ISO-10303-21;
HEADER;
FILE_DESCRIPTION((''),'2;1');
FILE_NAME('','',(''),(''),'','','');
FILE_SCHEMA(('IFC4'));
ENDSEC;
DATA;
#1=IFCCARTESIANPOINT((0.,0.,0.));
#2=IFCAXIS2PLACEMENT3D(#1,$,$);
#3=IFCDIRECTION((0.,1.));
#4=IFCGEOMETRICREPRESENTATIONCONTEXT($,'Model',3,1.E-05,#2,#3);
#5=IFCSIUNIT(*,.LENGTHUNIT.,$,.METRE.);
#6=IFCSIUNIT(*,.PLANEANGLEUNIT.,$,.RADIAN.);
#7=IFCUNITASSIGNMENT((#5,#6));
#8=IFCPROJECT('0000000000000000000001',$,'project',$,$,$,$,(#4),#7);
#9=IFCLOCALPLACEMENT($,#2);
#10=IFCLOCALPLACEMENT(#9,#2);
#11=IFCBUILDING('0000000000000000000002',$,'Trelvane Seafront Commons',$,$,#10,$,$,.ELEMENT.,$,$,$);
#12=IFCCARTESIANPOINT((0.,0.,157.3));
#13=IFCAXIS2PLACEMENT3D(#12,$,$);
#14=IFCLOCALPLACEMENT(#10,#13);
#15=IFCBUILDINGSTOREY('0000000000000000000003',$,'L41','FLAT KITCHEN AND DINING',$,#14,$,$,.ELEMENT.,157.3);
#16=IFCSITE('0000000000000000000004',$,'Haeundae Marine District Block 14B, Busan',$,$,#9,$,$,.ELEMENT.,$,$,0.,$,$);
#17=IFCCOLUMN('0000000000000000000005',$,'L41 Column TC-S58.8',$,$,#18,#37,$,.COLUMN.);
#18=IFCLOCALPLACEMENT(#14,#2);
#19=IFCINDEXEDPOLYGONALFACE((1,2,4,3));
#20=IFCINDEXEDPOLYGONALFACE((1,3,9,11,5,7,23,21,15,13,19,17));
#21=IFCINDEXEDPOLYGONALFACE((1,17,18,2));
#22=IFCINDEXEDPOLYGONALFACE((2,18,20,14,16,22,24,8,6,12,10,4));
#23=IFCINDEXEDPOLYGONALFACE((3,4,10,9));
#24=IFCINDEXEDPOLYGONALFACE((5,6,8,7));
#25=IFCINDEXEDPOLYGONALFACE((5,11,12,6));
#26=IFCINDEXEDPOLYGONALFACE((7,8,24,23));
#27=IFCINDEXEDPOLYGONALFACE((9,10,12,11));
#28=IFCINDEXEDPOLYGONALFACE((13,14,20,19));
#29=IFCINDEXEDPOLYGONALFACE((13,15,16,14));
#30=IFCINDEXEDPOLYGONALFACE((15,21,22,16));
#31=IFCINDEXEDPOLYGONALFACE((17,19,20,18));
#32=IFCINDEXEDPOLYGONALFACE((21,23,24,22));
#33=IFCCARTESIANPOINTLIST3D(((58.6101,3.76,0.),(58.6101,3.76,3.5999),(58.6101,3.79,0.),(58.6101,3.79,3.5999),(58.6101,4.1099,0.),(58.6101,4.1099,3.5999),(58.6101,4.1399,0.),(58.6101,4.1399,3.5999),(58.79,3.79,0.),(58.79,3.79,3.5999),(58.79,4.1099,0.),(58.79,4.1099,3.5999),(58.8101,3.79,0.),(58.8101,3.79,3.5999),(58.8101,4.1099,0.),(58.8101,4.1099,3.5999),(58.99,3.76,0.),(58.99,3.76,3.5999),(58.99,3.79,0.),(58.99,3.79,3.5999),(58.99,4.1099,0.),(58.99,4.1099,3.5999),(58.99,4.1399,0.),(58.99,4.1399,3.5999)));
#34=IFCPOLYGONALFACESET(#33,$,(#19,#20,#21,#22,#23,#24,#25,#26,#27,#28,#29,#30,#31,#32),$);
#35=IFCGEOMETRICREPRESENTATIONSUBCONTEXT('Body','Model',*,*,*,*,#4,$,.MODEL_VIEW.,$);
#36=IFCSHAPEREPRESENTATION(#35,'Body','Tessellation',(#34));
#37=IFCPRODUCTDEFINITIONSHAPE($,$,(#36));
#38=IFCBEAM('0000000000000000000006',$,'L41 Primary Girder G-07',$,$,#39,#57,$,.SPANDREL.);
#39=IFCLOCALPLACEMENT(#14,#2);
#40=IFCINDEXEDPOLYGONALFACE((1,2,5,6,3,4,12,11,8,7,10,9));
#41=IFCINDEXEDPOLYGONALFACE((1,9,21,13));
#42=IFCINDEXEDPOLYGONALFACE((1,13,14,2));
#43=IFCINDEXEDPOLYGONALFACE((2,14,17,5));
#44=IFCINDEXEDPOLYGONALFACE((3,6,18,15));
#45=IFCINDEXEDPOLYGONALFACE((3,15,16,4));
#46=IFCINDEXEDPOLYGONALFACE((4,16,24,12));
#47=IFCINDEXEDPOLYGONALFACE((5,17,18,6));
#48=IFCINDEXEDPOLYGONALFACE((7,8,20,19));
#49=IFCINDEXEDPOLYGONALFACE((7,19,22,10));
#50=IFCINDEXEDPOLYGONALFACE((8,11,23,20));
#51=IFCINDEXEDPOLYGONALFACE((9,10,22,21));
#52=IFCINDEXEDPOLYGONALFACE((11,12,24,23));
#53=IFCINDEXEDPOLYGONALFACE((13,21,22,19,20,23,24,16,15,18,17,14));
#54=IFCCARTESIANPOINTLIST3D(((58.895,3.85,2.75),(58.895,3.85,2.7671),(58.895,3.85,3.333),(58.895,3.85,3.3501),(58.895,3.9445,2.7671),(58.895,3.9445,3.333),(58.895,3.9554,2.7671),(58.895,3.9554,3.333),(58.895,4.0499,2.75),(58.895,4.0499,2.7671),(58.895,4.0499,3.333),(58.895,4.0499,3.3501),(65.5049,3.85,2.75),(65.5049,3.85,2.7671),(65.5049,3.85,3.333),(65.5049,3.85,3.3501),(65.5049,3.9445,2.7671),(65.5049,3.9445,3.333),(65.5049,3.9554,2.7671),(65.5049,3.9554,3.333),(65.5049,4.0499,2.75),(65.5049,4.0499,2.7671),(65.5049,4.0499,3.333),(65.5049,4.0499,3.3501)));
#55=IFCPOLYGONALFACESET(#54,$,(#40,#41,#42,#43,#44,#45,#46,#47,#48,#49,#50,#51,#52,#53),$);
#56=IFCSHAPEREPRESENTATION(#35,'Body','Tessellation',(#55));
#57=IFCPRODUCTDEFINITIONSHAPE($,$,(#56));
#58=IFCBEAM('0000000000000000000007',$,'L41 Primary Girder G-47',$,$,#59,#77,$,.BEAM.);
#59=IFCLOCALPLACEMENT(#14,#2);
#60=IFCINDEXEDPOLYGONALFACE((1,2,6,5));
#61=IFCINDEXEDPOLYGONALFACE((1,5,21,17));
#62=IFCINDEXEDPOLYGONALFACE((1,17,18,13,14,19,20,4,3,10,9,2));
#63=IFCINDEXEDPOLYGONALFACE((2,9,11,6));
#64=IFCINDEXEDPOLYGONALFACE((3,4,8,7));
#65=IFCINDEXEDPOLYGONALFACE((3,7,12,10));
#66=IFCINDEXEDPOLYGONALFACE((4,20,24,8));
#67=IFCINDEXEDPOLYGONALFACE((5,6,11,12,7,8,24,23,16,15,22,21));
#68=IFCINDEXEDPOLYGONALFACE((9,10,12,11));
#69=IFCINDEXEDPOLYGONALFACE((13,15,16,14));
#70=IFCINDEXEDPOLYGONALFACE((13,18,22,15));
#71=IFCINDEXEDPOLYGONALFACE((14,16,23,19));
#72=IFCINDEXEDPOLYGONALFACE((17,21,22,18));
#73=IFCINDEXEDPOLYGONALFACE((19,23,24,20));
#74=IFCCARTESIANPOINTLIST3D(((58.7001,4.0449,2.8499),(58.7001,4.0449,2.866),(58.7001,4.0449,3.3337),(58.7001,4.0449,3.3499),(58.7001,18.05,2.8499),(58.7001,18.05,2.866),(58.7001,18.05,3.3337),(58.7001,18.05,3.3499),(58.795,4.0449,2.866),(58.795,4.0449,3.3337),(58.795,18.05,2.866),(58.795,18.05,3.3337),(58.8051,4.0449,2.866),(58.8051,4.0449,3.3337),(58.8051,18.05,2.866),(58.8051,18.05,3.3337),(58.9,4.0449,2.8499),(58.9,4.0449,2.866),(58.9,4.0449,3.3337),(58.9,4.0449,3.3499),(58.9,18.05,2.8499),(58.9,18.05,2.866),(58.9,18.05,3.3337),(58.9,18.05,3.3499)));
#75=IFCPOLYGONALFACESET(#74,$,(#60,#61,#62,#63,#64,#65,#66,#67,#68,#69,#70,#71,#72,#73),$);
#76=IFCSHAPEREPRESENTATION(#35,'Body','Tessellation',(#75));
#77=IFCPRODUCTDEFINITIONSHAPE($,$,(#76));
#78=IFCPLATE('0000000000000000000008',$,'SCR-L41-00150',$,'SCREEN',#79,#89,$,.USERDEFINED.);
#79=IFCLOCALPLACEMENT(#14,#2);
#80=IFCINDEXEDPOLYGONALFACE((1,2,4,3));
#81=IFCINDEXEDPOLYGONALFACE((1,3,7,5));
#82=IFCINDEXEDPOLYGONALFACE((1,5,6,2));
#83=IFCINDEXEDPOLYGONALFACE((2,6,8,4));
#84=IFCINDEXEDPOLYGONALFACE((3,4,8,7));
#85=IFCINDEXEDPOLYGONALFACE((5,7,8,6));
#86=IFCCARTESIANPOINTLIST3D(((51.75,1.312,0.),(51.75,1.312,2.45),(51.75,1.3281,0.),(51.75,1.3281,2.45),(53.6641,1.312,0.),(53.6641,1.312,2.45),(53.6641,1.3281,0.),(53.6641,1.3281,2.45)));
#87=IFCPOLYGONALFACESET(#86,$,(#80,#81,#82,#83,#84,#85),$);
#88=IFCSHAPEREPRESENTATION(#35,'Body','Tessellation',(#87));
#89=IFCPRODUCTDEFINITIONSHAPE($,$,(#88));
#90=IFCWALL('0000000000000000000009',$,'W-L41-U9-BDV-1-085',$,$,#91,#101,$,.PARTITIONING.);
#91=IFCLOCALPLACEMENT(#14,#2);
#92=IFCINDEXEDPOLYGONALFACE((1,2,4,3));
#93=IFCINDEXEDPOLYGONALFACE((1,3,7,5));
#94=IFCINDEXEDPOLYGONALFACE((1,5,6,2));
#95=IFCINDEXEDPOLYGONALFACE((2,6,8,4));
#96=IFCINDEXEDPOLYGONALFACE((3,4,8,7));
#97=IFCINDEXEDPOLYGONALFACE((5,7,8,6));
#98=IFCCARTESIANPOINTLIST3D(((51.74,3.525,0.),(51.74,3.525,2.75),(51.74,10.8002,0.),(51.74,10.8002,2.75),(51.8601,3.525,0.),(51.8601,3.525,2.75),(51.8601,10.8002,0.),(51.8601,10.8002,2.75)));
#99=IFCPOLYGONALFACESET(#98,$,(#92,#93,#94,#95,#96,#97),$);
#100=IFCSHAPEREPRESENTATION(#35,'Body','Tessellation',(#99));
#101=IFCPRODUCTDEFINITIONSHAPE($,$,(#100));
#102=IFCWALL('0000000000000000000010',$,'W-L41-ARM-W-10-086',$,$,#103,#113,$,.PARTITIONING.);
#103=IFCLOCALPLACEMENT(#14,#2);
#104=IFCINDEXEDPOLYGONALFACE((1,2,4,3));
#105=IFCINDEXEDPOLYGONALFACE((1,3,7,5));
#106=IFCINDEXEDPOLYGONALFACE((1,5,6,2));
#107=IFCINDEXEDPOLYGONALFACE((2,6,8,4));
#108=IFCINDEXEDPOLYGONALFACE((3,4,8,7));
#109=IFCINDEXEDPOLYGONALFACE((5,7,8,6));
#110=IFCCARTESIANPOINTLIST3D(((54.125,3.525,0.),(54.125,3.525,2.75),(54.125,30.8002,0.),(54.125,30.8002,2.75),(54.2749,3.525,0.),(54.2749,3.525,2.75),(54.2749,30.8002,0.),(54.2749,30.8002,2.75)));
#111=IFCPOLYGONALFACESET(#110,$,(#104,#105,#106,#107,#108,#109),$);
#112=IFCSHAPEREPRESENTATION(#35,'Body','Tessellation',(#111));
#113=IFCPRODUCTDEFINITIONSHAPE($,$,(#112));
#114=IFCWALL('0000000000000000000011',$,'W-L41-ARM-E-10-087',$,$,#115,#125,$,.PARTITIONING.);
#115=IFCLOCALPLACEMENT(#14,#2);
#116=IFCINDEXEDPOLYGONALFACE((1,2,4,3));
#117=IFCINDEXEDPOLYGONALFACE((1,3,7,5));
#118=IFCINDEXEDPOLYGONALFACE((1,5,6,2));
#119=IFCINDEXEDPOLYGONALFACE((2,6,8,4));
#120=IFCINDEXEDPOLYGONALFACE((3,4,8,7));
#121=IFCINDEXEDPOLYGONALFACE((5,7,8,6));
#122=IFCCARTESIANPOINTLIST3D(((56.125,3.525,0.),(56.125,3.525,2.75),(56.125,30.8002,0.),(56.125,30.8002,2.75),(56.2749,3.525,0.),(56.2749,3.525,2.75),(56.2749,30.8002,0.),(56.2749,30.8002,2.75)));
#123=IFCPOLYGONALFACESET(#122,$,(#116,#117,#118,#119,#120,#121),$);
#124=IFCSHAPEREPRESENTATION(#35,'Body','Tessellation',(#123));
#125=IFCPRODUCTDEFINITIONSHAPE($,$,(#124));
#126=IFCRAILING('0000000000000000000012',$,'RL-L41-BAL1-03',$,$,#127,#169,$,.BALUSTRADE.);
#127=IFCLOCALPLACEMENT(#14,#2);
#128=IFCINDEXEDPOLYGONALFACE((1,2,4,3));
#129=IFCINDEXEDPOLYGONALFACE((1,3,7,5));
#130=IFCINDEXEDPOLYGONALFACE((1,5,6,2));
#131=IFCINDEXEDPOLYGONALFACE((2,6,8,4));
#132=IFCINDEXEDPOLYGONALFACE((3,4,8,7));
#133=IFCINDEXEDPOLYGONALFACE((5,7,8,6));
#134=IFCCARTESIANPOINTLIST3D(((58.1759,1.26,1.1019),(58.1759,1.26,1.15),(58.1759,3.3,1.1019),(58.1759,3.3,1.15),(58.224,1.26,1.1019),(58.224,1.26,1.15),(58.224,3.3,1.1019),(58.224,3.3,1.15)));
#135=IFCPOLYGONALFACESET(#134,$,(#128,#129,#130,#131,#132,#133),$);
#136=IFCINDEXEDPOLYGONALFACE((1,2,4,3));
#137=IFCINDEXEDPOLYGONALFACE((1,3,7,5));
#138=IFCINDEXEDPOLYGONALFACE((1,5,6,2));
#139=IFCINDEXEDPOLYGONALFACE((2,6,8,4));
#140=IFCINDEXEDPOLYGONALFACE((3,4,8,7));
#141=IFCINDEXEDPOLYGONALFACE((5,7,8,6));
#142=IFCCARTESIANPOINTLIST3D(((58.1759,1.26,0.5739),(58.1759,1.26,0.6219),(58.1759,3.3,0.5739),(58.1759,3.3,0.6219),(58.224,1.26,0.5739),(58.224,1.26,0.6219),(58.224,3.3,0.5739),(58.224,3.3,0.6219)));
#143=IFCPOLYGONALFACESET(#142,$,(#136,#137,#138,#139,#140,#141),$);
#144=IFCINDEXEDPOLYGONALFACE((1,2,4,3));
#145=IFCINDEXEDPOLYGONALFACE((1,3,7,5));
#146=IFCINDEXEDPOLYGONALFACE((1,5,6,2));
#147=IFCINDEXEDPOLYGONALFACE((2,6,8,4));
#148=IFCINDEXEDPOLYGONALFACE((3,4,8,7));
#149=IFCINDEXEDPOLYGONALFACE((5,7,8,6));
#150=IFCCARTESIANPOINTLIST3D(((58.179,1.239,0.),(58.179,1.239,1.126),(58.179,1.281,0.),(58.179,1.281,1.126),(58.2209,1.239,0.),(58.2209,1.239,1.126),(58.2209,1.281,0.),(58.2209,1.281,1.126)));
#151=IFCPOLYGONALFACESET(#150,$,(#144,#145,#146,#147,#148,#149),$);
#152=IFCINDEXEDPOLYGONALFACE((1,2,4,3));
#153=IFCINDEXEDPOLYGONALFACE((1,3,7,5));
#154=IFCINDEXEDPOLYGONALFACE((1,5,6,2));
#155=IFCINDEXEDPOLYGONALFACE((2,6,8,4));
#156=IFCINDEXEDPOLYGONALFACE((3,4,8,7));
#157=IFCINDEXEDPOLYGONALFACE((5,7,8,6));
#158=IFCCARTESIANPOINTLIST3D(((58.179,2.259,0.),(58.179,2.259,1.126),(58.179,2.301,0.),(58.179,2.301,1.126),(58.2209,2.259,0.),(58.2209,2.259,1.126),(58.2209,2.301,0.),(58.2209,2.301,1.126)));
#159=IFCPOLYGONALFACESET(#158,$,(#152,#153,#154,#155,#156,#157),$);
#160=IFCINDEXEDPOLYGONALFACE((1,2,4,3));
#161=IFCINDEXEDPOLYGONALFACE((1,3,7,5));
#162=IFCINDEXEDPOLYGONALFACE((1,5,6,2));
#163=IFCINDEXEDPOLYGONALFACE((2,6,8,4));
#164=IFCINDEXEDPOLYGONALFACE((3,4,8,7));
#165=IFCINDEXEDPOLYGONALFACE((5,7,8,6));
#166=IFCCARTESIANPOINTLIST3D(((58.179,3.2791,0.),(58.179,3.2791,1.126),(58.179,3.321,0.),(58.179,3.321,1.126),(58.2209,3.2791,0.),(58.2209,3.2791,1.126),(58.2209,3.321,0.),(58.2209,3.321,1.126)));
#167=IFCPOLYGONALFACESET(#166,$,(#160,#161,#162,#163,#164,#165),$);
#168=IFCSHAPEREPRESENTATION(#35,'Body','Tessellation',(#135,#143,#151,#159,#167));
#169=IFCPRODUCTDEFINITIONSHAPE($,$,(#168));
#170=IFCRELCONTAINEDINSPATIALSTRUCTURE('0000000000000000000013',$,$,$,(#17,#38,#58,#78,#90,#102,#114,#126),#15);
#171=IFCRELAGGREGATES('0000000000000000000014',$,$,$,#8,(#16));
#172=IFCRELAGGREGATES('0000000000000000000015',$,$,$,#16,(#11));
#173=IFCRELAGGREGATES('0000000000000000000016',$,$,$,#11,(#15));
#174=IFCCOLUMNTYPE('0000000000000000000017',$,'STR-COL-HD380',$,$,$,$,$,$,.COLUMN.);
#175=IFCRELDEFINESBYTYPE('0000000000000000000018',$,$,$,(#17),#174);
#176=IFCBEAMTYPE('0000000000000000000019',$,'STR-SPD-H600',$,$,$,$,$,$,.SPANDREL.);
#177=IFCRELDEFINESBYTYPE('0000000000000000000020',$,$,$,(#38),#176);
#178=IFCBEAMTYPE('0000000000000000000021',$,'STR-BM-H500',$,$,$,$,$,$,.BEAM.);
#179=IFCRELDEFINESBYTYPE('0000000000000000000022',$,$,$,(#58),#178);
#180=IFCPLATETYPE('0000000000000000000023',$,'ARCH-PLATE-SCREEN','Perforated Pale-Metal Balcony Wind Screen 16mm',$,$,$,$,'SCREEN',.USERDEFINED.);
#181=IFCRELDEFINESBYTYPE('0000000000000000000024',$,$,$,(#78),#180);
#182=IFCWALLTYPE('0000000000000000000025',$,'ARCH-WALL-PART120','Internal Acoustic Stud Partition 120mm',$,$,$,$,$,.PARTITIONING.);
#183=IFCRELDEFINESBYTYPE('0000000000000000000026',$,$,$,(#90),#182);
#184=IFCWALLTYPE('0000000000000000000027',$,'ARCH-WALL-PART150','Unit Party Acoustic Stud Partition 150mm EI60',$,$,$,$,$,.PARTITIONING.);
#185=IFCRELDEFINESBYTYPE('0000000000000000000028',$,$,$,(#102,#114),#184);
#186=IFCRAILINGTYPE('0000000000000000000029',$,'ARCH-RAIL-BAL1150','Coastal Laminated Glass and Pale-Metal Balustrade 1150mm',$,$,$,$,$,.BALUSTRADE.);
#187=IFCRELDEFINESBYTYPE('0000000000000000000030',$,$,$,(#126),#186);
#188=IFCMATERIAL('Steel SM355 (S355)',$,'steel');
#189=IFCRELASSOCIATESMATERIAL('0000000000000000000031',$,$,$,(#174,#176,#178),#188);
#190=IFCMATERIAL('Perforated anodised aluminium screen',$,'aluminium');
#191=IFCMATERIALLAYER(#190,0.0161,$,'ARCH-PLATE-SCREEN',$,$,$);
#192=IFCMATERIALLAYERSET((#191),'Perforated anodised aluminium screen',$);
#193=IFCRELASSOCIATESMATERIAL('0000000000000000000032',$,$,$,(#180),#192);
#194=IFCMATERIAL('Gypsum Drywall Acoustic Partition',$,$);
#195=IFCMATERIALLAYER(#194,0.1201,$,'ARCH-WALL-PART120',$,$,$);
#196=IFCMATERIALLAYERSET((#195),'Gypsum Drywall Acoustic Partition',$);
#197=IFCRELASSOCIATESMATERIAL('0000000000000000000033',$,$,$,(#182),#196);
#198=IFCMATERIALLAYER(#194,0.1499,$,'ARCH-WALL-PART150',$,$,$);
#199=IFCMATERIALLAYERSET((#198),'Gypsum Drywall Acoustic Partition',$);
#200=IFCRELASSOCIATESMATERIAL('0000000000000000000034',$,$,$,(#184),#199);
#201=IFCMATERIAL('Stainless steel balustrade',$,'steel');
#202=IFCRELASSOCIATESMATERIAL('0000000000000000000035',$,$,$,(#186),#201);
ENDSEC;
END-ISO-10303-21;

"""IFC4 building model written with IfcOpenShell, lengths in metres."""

from ifc_helpers import new_model, si_unit, direction, frame, frame_2d, origin, origin_2d, place, context, subcontext, project, spatial, rectangle, i_section, extrude, source, transform, mapped, material, layer, layer_set, material_profile, profile_set, type_object, element, save


model = new_model("IFC4")

# Units and contexts
model_context = context("Model", 3, precision=1e-05, world=origin(), true_north=direction((0.0, 1.0)))
body_context = subcontext(model_context, "Body", "Model", "MODEL_VIEW")
ifc_project = project(units=[si_unit("LENGTHUNIT", "METRE"), si_unit("PLANEANGLEUNIT", "RADIAN")], contexts=[model_context])

# Site, building, storey
site_placement = place(None, origin())
site = spatial("IfcSite", under=ifc_project, at=site_placement, Name="Haeundae Marine District Block 14B, Busan", CompositionType="ELEMENT", RefElevation=0.0)
building_placement = place(site_placement, origin())
building = spatial("IfcBuilding", under=site, at=building_placement, Name="Trelvane Seafront Commons", CompositionType="ELEMENT")
storey_placement = place(building_placement, frame((0.0, 0.0, 157.3)))
storey = spatial("IfcBuildingStorey", under=building, at=storey_placement, Name="L41", Description="FLAT KITCHEN AND DINING", CompositionType="ELEMENT", Elevation=157.3)

# Column
ifc_material_1 = material(Name="Steel SM355 (S355)", Category="steel")
ifc_material_profile_1 = material_profile(ifc_material_1, i_section(OverallWidth=0.3799, OverallDepth=0.3799, WebThickness=0.02, FlangeThickness=0.03, at=origin_2d()), Name="HD-380x380x20x30")
ifc_profile_set_1 = profile_set([ifc_material_profile_1], Name="Steel SM355 (S355)")
column_type = type_object("IfcColumnType", Name="STR-COL-HD380", PredefinedType="COLUMN", material=ifc_profile_set_1)
shared_shape_1 = source(origin(), body_context, "Body", "SweptSolid", [
    extrude(i_section(OverallWidth=0.3799, OverallDepth=0.3799, WebThickness=0.02, FlangeThickness=0.03, at=origin_2d()), origin(), (0.0, 0.0, 1.0), 3.5999),
])
column_placement = place(storey_placement, frame((58.8, 3.95, 0.0), z_axis=(0.0, 0.0, 1.0), x_axis=(1.0, 0.0, 0.0)))
element("IfcColumn", 1, at=column_placement, inside=storey, type_object=column_type, Name="L41 Column TC-S58.8", PredefinedType="COLUMN", context=body_context, shape_type="MappedRepresentation", body=[
    mapped(shared_shape_1, transform((0.0, 0.0, 0.0), x_axis=(1.0, 0.0, 0.0), y_axis=(0.0, 1.0, 0.0), z_axis=(0.0, 0.0, 1.0), scale=1.0)),
])

# Beams
ifc_material_profile_2 = material_profile(ifc_material_1, i_section(OverallWidth=0.2, OverallDepth=0.6001, WebThickness=0.011, FlangeThickness=0.0171, at=origin_2d()), Name="H-600x200x11x17")
ifc_profile_set_2 = profile_set([ifc_material_profile_2], Name="Steel SM355 (S355)")
beam_type_1 = type_object("IfcBeamType", Name="STR-SPD-H600", PredefinedType="SPANDREL", material=ifc_profile_set_2)
shared_shape_2 = source(origin(), body_context, "Body", "SweptSolid", [
    extrude(i_section(OverallWidth=0.2, OverallDepth=0.6001, WebThickness=0.011, FlangeThickness=0.0171, at=origin_2d()), origin(), (0.0, 0.0, 1.0), 6.6099),
])
beam_1_placement = place(storey_placement, frame((58.895, 3.95, 3.05), z_axis=(1.0, 0.0, 0.0), x_axis=(0.0, 1.0, 0.0)))
element("IfcBeam", 2, at=beam_1_placement, inside=storey, type_object=beam_type_1, Name="L41 Primary Girder G-07", PredefinedType="SPANDREL", context=body_context, shape_type="MappedRepresentation", body=[
    mapped(shared_shape_2, transform((0.0, 0.0, 0.0), x_axis=(1.0, 0.0, 0.0), y_axis=(0.0, 1.0, 0.0), z_axis=(0.0, 0.0, 1.0), scale=1.0)),
])
ifc_material_profile_3 = material_profile(ifc_material_1, i_section(OverallWidth=0.2, OverallDepth=0.5, WebThickness=0.01, FlangeThickness=0.0161, at=origin_2d()), Name="H-500x200x10x16")
ifc_profile_set_3 = profile_set([ifc_material_profile_3], Name="Steel SM355 (S355)")
beam_type_2 = type_object("IfcBeamType", Name="STR-BM-H500", PredefinedType="BEAM", material=ifc_profile_set_3)
shared_shape_3 = source(origin(), body_context, "Body", "SweptSolid", [
    extrude(i_section(OverallWidth=0.2, OverallDepth=0.5, WebThickness=0.01, FlangeThickness=0.0161, at=origin_2d()), origin(), (0.0, 0.0, 1.0), 14.0051),
])
beam_2_placement = place(storey_placement, frame((58.8, 4.0449, 3.0999), z_axis=(0.0, 1.0, 0.0), x_axis=(-1.0, 0.0, 0.0)))
element("IfcBeam", 3, at=beam_2_placement, inside=storey, type_object=beam_type_2, Name="L41 Primary Girder G-47", PredefinedType="BEAM", context=body_context, shape_type="MappedRepresentation", body=[
    mapped(shared_shape_3, transform((0.0, 0.0, 0.0), x_axis=(1.0, 0.0, 0.0), y_axis=(0.0, 1.0, 0.0), z_axis=(0.0, 0.0, 1.0), scale=1.0)),
])

# Plate
ifc_material_2 = material(Name="Perforated anodised aluminium screen", Category="aluminium")
ifc_layer_1 = layer(ifc_material_2, 0.0161, Name="ARCH-PLATE-SCREEN")
ifc_layer_set_1 = layer_set([ifc_layer_1], Name="Perforated anodised aluminium screen")
plate_type = type_object("IfcPlateType", Name="ARCH-PLATE-SCREEN", Description="Perforated Pale-Metal Balcony Wind Screen 16mm", ElementType="SCREEN", PredefinedType="USERDEFINED", material=ifc_layer_set_1)
shared_shape_4 = source(origin(), body_context, "Body", "SweptSolid", [
    extrude(rectangle(XDim=1.9141, YDim=0.0161, at=origin_2d()), origin(), (0.0, 0.0, 1.0), 2.45),
])
plate_placement = place(storey_placement, frame((52.707, 1.3201, 0.0), z_axis=(0.0, 0.0, 1.0), x_axis=(1.0, 0.0, 0.0)))
element("IfcPlate", 4, at=plate_placement, inside=storey, type_object=plate_type, Name="SCR-L41-00150", ObjectType="SCREEN", PredefinedType="USERDEFINED", context=body_context, shape_type="MappedRepresentation", body=[
    mapped(shared_shape_4, transform((0.0, 0.0, 0.0), x_axis=(1.0, 0.0, 0.0), y_axis=(0.0, 1.0, 0.0), z_axis=(0.0, 0.0, 1.0), scale=1.0)),
])

# Shared definitions
ifc_material_3 = material(Name="Gypsum Drywall Acoustic Partition")
ifc_layer_2 = layer(ifc_material_3, 0.1201, Name="ARCH-WALL-PART120")
ifc_layer_set_2 = layer_set([ifc_layer_2], Name="Gypsum Drywall Acoustic Partition")
wall_type_1 = type_object("IfcWallType", Name="ARCH-WALL-PART120", Description="Internal Acoustic Stud Partition 120mm", PredefinedType="PARTITIONING", material=ifc_layer_set_2)

# Wall
wall_1_placement = place(storey_placement, frame((51.8, 3.5249, 0.0), z_axis=(0.0, 0.0, 1.0), x_axis=(0.0, 1.0, 0.0)))
element("IfcWall", 5, at=wall_1_placement, inside=storey, type_object=wall_type_1, Name="W-L41-U9-BDV-1-085", PredefinedType="PARTITIONING", context=body_context, shape_type="SweptSolid", body=[
    extrude(rectangle(XDim=7.2751, YDim=0.1201, at=frame_2d((3.6377, 0.0))), origin(), (0.0, 0.0, 1.0), 2.75),
])

# Walls
ifc_layer_3 = layer(ifc_material_3, 0.1499, Name="ARCH-WALL-PART150")
ifc_layer_set_3 = layer_set([ifc_layer_3], Name="Gypsum Drywall Acoustic Partition")
wall_type_2 = type_object("IfcWallType", Name="ARCH-WALL-PART150", Description="Unit Party Acoustic Stud Partition 150mm EI60", PredefinedType="PARTITIONING", material=ifc_layer_set_3)
for number, where, z_axis, x_axis, name in (
    (6, (54.2, 3.5249, 0.0), (0.0, 0.0, 1.0), (0.0, 1.0, 0.0), "W-L41-ARM-W-10-086"),
    (7, (56.2, 3.5249, 0.0), (0.0, 0.0, 1.0), (0.0, 1.0, 0.0), "W-L41-ARM-E-10-087"),
):
    element("IfcWall", number, at=place(storey_placement, frame(where, z_axis=z_axis, x_axis=x_axis)), inside=storey, type_object=wall_type_2, Name=name, PredefinedType="PARTITIONING", context=body_context, shape_type="SweptSolid", body=[
        extrude(rectangle(XDim=27.2751, YDim=0.1499, at=frame_2d((13.6377, 0.0))), origin(), (0.0, 0.0, 1.0), 2.75),
    ])

# Railing
ifc_material_4 = material(Name="Stainless steel balustrade", Category="steel")
railing_type = type_object("IfcRailingType", Name="ARCH-RAIL-BAL1150", Description="Coastal Laminated Glass and Pale-Metal Balustrade 1150mm", PredefinedType="BALUSTRADE", material=ifc_material_4)
railing_placement = place(storey_placement, frame((58.2, 1.26, 0.0)))
element("IfcRailing", 8, at=railing_placement, inside=storey, type_object=railing_type, Name="RL-L41-BAL1-03", PredefinedType="BALUSTRADE", context=body_context, shape_type="SweptSolid", body=[
    extrude(rectangle(XDim=0.0481, YDim=0.0481, at=origin_2d()), frame((0.0, 0.0, 1.126), z_axis=(0.0, 1.0, 0.0), x_axis=(-1.0, 0.0, 0.0)), (0.0, 0.0, 1.0), 2.04),
    extrude(rectangle(XDim=0.0481, YDim=0.0481, at=origin_2d()), frame((0.0, 0.0, 0.5979), z_axis=(0.0, 1.0, 0.0), x_axis=(-1.0, 0.0, 0.0)), (0.0, 0.0, 1.0), 2.04),
    extrude(rectangle(XDim=0.042, YDim=0.042, at=origin_2d()), origin(), (0.0, 0.0, 1.0), 1.126),
    extrude(rectangle(XDim=0.042, YDim=0.042, at=origin_2d()), frame((0.0, 1.02, 0.0)), (0.0, 0.0, 1.0), 1.126),
    extrude(rectangle(XDim=0.042, YDim=0.042, at=origin_2d()), frame((0.0, 2.04, 0.0)), (0.0, 0.0, 1.0), 1.126),
])

save(model, "model.ifc")
